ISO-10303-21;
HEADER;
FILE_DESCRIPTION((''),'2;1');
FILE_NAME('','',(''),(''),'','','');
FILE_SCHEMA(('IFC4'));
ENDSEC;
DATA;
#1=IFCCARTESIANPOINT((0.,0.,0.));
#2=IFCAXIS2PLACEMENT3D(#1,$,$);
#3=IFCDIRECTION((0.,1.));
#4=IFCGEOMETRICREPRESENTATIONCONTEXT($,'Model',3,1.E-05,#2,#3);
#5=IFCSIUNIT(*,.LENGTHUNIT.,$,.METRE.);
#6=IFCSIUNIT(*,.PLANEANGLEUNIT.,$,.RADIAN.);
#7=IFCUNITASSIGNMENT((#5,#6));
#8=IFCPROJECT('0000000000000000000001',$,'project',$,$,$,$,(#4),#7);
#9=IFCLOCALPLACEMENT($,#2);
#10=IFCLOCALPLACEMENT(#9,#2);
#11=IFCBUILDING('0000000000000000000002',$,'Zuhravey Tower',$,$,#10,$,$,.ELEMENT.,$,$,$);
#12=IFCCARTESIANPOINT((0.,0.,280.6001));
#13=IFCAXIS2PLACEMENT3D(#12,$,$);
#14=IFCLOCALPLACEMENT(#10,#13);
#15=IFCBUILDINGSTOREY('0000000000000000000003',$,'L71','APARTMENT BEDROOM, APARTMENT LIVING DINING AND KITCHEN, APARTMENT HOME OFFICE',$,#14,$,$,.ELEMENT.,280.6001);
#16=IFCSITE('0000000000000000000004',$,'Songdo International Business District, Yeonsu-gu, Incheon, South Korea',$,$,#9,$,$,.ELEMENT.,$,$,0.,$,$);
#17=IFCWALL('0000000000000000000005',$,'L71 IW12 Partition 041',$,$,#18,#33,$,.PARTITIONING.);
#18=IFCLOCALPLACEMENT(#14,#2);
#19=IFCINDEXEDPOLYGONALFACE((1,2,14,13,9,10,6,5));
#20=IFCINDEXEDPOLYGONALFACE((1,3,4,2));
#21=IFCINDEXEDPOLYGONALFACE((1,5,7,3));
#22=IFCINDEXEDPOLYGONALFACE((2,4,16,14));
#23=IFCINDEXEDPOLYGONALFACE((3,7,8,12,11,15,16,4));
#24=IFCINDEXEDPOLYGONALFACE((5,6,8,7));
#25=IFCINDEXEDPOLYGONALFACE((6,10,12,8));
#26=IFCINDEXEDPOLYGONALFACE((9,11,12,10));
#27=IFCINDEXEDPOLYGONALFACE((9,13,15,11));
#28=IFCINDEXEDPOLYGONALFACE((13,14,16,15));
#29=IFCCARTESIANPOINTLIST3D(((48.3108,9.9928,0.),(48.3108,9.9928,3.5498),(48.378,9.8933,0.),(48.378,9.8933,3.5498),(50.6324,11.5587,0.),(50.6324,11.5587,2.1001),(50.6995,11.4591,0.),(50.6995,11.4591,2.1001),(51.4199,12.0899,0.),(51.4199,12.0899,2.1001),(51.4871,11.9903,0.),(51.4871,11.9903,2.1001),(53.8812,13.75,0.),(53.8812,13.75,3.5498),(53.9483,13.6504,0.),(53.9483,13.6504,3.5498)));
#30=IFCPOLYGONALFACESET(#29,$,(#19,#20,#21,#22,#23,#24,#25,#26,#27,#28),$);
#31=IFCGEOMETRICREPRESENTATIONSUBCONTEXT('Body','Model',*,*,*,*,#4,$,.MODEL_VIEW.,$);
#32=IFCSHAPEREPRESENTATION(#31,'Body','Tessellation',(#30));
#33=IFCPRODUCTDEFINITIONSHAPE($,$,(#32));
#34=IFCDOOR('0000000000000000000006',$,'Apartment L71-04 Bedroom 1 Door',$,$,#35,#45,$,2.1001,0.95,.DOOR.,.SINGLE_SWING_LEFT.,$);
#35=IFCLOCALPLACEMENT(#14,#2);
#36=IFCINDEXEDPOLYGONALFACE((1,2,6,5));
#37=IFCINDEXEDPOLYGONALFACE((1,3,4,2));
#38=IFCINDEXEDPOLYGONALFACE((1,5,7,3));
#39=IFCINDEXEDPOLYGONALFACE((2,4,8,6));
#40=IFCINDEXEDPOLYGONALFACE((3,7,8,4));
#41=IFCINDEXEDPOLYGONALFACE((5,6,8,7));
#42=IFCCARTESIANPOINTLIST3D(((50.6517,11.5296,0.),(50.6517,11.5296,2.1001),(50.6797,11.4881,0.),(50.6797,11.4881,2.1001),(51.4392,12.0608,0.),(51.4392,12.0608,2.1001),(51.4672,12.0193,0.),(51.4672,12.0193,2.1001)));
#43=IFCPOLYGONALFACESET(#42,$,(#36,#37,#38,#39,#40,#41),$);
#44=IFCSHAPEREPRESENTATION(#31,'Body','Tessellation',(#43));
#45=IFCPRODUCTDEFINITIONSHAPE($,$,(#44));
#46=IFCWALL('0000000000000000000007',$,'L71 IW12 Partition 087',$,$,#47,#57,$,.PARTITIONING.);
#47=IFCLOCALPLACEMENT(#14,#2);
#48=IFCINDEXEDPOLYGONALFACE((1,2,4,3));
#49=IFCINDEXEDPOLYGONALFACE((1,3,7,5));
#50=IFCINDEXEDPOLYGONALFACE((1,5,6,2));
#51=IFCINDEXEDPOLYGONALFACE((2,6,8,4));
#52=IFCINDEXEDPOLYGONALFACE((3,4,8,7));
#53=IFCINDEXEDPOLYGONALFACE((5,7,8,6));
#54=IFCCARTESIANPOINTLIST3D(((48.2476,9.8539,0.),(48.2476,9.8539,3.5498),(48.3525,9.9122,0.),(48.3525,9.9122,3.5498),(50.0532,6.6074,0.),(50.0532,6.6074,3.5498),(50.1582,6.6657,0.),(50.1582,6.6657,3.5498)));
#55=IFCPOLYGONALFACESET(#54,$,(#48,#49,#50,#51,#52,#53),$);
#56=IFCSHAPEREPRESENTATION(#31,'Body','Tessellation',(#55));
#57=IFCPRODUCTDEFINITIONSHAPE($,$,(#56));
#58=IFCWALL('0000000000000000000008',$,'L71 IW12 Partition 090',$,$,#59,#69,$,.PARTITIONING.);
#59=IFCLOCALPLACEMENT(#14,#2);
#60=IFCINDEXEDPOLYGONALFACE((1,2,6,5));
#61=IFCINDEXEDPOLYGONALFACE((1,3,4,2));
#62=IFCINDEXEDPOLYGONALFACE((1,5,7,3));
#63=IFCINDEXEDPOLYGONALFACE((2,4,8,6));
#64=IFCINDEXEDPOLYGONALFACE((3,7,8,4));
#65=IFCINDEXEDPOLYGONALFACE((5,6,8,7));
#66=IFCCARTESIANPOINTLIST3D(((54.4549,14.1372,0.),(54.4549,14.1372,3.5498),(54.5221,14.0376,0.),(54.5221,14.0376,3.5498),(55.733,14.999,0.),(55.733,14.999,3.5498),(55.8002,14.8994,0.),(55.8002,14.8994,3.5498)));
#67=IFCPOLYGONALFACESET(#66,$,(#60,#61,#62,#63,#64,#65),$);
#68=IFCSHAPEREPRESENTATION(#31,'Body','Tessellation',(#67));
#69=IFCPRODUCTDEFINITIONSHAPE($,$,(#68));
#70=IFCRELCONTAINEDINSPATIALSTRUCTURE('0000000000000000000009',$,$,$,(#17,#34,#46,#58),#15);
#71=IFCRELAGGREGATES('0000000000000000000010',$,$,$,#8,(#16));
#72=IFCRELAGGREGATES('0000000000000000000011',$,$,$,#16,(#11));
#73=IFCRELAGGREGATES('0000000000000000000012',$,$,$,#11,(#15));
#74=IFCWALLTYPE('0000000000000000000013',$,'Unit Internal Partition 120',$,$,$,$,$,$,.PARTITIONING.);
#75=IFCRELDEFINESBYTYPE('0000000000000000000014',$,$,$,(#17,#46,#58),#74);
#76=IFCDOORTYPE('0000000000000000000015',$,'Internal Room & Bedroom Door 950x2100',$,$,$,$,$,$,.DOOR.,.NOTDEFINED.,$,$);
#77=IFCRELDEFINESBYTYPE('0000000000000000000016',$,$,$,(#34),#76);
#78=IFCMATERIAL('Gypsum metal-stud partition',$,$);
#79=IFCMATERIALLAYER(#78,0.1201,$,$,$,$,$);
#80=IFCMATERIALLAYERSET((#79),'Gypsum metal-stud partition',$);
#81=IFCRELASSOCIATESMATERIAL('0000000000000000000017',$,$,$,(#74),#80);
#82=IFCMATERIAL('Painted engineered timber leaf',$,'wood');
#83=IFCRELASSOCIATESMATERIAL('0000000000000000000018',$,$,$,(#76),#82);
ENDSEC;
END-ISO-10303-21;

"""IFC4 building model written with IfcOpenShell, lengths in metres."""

from ifc_helpers import new_model, si_unit, direction, frame, frame_2d, origin, place, context, subcontext, project, spatial, rectangle, extrude, material, layer, layer_set, type_object, element, fill, save


model = new_model("IFC4")

# Units and contexts
model_context = context("Model", 3, precision=1e-05, world=origin(), true_north=direction((0.0, 1.0)))
body_context = subcontext(model_context, "Body", "Model", "MODEL_VIEW")
ifc_project = project(units=[si_unit("LENGTHUNIT", "METRE"), si_unit("PLANEANGLEUNIT", "RADIAN")], contexts=[model_context])

# Site, building, storey
site_placement = place(None, origin())
site = spatial("IfcSite", under=ifc_project, at=site_placement, Name="Songdo International Business District, Yeonsu-gu, Incheon, South Korea", CompositionType="ELEMENT", RefElevation=0.0)
building_placement = place(site_placement, origin())
building = spatial("IfcBuilding", under=site, at=building_placement, Name="Zuhravey Tower", CompositionType="ELEMENT")
storey_placement = place(building_placement, frame((0.0, 0.0, 280.6001)))
storey = spatial("IfcBuildingStorey", under=building, at=storey_placement, Name="L71", Description="APARTMENT BEDROOM, APARTMENT LIVING DINING AND KITCHEN, APARTMENT HOME OFFICE", CompositionType="ELEMENT", Elevation=280.6001)

# Wall, opening, door
ifc_material_1 = material(Name="Gypsum metal-stud partition")
ifc_layer_1 = layer(ifc_material_1, 0.1201)
ifc_layer_set_1 = layer_set([ifc_layer_1], Name="Gypsum metal-stud partition")
wall_type_1 = type_object("IfcWallType", Name="Unit Internal Partition 120", PredefinedType="PARTITIONING", material=ifc_layer_set_1)
wall_1_placement = place(storey_placement, frame((48.3445, 9.9431, 0.0), z_axis=(0.0, 0.0, 1.0), x_axis=(0.829047, 0.559178, 0.0)))
wall_1 = element("IfcWall", 1, at=wall_1_placement, inside=storey, type_object=wall_type_1, Name="L71 IW12 Partition 041", PredefinedType="PARTITIONING", context=body_context, shape_type="SweptSolid", body=[
    extrude(rectangle(XDim=6.719, YDim=0.1201, at=frame_2d((3.3594, 0.0))), origin(), (0.0, 0.0, 1.0), 3.5498),
])
opening_1_placement = place(wall_1_placement, frame((2.8, 0.0, 0.0)))
opening_1 = element("IfcOpeningElement", 2, at=opening_1_placement, cuts=wall_1, PredefinedType="OPENING", context=body_context, shape_type="SweptSolid", body=[
    extrude(rectangle(XDim=0.95, YDim=2.1001, at=frame_2d((0.4751, 1.05))), frame((0.0, 0.072, 0.0), z_axis=(0.0, -1.0, 0.0), x_axis=(1.0, 0.0, 0.0)), (0.0, 0.0, 1.0), 0.144),
])
ifc_material_2 = material(Name="Painted engineered timber leaf", Category="wood")
door_type = type_object("IfcDoorType", Name="Internal Room & Bedroom Door 950x2100", OperationType="NOTDEFINED", PredefinedType="DOOR", material=ifc_material_2)
door_placement = place(opening_1_placement, frame((0.95, 0.0, 0.0), z_axis=(0.0, 0.0, 1.0), x_axis=(-1.0, 0.0, 0.0)))
door = element("IfcDoor", 3, at=door_placement, inside=storey, type_object=door_type, Name="Apartment L71-04 Bedroom 1 Door", OperationType="SINGLE_SWING_LEFT", OverallHeight=2.1001, OverallWidth=0.95, PredefinedType="DOOR", context=body_context, shape_type="SweptSolid", body=[
    extrude(rectangle(XDim=0.95, YDim=2.1001, at=frame_2d((0.4751, 1.05))), frame((0.0, 0.0249, 0.0), z_axis=(0.0, -1.0, 0.0), x_axis=(1.0, 0.0, 0.0)), (0.0, 0.0, 1.0), 0.05),
])
fill(opening_1, door)

# Walls
wall_2_placement = place(storey_placement, frame((48.3, 9.8831, 0.0), z_axis=(0.0, 0.0, 1.0), x_axis=(0.486056, -0.873928, 0.0)))
element("IfcWall", 4, at=wall_2_placement, inside=storey, type_object=wall_type_1, Name="L71 IW12 Partition 087", PredefinedType="PARTITIONING", context=body_context, shape_type="SweptSolid", body=[
    extrude(rectangle(XDim=3.7148, YDim=0.1201, at=frame_2d((1.8574, 0.0))), origin(), (0.0, 0.0, 1.0), 3.5498),
])
wall_3_placement = place(storey_placement, frame((54.4885, 14.0874, 0.0), z_axis=(0.0, 0.0, 1.0), x_axis=(0.829115, 0.559078, 0.0)))
element("IfcWall", 5, at=wall_3_placement, inside=storey, type_object=wall_type_1, Name="L71 IW12 Partition 090", PredefinedType="PARTITIONING", context=body_context, shape_type="SweptSolid", body=[
    extrude(rectangle(XDim=1.5415, YDim=0.1201, at=frame_2d((0.7708, 0.0))), origin(), (0.0, 0.0, 1.0), 3.5498),
])

save(model, "model.ifc")
